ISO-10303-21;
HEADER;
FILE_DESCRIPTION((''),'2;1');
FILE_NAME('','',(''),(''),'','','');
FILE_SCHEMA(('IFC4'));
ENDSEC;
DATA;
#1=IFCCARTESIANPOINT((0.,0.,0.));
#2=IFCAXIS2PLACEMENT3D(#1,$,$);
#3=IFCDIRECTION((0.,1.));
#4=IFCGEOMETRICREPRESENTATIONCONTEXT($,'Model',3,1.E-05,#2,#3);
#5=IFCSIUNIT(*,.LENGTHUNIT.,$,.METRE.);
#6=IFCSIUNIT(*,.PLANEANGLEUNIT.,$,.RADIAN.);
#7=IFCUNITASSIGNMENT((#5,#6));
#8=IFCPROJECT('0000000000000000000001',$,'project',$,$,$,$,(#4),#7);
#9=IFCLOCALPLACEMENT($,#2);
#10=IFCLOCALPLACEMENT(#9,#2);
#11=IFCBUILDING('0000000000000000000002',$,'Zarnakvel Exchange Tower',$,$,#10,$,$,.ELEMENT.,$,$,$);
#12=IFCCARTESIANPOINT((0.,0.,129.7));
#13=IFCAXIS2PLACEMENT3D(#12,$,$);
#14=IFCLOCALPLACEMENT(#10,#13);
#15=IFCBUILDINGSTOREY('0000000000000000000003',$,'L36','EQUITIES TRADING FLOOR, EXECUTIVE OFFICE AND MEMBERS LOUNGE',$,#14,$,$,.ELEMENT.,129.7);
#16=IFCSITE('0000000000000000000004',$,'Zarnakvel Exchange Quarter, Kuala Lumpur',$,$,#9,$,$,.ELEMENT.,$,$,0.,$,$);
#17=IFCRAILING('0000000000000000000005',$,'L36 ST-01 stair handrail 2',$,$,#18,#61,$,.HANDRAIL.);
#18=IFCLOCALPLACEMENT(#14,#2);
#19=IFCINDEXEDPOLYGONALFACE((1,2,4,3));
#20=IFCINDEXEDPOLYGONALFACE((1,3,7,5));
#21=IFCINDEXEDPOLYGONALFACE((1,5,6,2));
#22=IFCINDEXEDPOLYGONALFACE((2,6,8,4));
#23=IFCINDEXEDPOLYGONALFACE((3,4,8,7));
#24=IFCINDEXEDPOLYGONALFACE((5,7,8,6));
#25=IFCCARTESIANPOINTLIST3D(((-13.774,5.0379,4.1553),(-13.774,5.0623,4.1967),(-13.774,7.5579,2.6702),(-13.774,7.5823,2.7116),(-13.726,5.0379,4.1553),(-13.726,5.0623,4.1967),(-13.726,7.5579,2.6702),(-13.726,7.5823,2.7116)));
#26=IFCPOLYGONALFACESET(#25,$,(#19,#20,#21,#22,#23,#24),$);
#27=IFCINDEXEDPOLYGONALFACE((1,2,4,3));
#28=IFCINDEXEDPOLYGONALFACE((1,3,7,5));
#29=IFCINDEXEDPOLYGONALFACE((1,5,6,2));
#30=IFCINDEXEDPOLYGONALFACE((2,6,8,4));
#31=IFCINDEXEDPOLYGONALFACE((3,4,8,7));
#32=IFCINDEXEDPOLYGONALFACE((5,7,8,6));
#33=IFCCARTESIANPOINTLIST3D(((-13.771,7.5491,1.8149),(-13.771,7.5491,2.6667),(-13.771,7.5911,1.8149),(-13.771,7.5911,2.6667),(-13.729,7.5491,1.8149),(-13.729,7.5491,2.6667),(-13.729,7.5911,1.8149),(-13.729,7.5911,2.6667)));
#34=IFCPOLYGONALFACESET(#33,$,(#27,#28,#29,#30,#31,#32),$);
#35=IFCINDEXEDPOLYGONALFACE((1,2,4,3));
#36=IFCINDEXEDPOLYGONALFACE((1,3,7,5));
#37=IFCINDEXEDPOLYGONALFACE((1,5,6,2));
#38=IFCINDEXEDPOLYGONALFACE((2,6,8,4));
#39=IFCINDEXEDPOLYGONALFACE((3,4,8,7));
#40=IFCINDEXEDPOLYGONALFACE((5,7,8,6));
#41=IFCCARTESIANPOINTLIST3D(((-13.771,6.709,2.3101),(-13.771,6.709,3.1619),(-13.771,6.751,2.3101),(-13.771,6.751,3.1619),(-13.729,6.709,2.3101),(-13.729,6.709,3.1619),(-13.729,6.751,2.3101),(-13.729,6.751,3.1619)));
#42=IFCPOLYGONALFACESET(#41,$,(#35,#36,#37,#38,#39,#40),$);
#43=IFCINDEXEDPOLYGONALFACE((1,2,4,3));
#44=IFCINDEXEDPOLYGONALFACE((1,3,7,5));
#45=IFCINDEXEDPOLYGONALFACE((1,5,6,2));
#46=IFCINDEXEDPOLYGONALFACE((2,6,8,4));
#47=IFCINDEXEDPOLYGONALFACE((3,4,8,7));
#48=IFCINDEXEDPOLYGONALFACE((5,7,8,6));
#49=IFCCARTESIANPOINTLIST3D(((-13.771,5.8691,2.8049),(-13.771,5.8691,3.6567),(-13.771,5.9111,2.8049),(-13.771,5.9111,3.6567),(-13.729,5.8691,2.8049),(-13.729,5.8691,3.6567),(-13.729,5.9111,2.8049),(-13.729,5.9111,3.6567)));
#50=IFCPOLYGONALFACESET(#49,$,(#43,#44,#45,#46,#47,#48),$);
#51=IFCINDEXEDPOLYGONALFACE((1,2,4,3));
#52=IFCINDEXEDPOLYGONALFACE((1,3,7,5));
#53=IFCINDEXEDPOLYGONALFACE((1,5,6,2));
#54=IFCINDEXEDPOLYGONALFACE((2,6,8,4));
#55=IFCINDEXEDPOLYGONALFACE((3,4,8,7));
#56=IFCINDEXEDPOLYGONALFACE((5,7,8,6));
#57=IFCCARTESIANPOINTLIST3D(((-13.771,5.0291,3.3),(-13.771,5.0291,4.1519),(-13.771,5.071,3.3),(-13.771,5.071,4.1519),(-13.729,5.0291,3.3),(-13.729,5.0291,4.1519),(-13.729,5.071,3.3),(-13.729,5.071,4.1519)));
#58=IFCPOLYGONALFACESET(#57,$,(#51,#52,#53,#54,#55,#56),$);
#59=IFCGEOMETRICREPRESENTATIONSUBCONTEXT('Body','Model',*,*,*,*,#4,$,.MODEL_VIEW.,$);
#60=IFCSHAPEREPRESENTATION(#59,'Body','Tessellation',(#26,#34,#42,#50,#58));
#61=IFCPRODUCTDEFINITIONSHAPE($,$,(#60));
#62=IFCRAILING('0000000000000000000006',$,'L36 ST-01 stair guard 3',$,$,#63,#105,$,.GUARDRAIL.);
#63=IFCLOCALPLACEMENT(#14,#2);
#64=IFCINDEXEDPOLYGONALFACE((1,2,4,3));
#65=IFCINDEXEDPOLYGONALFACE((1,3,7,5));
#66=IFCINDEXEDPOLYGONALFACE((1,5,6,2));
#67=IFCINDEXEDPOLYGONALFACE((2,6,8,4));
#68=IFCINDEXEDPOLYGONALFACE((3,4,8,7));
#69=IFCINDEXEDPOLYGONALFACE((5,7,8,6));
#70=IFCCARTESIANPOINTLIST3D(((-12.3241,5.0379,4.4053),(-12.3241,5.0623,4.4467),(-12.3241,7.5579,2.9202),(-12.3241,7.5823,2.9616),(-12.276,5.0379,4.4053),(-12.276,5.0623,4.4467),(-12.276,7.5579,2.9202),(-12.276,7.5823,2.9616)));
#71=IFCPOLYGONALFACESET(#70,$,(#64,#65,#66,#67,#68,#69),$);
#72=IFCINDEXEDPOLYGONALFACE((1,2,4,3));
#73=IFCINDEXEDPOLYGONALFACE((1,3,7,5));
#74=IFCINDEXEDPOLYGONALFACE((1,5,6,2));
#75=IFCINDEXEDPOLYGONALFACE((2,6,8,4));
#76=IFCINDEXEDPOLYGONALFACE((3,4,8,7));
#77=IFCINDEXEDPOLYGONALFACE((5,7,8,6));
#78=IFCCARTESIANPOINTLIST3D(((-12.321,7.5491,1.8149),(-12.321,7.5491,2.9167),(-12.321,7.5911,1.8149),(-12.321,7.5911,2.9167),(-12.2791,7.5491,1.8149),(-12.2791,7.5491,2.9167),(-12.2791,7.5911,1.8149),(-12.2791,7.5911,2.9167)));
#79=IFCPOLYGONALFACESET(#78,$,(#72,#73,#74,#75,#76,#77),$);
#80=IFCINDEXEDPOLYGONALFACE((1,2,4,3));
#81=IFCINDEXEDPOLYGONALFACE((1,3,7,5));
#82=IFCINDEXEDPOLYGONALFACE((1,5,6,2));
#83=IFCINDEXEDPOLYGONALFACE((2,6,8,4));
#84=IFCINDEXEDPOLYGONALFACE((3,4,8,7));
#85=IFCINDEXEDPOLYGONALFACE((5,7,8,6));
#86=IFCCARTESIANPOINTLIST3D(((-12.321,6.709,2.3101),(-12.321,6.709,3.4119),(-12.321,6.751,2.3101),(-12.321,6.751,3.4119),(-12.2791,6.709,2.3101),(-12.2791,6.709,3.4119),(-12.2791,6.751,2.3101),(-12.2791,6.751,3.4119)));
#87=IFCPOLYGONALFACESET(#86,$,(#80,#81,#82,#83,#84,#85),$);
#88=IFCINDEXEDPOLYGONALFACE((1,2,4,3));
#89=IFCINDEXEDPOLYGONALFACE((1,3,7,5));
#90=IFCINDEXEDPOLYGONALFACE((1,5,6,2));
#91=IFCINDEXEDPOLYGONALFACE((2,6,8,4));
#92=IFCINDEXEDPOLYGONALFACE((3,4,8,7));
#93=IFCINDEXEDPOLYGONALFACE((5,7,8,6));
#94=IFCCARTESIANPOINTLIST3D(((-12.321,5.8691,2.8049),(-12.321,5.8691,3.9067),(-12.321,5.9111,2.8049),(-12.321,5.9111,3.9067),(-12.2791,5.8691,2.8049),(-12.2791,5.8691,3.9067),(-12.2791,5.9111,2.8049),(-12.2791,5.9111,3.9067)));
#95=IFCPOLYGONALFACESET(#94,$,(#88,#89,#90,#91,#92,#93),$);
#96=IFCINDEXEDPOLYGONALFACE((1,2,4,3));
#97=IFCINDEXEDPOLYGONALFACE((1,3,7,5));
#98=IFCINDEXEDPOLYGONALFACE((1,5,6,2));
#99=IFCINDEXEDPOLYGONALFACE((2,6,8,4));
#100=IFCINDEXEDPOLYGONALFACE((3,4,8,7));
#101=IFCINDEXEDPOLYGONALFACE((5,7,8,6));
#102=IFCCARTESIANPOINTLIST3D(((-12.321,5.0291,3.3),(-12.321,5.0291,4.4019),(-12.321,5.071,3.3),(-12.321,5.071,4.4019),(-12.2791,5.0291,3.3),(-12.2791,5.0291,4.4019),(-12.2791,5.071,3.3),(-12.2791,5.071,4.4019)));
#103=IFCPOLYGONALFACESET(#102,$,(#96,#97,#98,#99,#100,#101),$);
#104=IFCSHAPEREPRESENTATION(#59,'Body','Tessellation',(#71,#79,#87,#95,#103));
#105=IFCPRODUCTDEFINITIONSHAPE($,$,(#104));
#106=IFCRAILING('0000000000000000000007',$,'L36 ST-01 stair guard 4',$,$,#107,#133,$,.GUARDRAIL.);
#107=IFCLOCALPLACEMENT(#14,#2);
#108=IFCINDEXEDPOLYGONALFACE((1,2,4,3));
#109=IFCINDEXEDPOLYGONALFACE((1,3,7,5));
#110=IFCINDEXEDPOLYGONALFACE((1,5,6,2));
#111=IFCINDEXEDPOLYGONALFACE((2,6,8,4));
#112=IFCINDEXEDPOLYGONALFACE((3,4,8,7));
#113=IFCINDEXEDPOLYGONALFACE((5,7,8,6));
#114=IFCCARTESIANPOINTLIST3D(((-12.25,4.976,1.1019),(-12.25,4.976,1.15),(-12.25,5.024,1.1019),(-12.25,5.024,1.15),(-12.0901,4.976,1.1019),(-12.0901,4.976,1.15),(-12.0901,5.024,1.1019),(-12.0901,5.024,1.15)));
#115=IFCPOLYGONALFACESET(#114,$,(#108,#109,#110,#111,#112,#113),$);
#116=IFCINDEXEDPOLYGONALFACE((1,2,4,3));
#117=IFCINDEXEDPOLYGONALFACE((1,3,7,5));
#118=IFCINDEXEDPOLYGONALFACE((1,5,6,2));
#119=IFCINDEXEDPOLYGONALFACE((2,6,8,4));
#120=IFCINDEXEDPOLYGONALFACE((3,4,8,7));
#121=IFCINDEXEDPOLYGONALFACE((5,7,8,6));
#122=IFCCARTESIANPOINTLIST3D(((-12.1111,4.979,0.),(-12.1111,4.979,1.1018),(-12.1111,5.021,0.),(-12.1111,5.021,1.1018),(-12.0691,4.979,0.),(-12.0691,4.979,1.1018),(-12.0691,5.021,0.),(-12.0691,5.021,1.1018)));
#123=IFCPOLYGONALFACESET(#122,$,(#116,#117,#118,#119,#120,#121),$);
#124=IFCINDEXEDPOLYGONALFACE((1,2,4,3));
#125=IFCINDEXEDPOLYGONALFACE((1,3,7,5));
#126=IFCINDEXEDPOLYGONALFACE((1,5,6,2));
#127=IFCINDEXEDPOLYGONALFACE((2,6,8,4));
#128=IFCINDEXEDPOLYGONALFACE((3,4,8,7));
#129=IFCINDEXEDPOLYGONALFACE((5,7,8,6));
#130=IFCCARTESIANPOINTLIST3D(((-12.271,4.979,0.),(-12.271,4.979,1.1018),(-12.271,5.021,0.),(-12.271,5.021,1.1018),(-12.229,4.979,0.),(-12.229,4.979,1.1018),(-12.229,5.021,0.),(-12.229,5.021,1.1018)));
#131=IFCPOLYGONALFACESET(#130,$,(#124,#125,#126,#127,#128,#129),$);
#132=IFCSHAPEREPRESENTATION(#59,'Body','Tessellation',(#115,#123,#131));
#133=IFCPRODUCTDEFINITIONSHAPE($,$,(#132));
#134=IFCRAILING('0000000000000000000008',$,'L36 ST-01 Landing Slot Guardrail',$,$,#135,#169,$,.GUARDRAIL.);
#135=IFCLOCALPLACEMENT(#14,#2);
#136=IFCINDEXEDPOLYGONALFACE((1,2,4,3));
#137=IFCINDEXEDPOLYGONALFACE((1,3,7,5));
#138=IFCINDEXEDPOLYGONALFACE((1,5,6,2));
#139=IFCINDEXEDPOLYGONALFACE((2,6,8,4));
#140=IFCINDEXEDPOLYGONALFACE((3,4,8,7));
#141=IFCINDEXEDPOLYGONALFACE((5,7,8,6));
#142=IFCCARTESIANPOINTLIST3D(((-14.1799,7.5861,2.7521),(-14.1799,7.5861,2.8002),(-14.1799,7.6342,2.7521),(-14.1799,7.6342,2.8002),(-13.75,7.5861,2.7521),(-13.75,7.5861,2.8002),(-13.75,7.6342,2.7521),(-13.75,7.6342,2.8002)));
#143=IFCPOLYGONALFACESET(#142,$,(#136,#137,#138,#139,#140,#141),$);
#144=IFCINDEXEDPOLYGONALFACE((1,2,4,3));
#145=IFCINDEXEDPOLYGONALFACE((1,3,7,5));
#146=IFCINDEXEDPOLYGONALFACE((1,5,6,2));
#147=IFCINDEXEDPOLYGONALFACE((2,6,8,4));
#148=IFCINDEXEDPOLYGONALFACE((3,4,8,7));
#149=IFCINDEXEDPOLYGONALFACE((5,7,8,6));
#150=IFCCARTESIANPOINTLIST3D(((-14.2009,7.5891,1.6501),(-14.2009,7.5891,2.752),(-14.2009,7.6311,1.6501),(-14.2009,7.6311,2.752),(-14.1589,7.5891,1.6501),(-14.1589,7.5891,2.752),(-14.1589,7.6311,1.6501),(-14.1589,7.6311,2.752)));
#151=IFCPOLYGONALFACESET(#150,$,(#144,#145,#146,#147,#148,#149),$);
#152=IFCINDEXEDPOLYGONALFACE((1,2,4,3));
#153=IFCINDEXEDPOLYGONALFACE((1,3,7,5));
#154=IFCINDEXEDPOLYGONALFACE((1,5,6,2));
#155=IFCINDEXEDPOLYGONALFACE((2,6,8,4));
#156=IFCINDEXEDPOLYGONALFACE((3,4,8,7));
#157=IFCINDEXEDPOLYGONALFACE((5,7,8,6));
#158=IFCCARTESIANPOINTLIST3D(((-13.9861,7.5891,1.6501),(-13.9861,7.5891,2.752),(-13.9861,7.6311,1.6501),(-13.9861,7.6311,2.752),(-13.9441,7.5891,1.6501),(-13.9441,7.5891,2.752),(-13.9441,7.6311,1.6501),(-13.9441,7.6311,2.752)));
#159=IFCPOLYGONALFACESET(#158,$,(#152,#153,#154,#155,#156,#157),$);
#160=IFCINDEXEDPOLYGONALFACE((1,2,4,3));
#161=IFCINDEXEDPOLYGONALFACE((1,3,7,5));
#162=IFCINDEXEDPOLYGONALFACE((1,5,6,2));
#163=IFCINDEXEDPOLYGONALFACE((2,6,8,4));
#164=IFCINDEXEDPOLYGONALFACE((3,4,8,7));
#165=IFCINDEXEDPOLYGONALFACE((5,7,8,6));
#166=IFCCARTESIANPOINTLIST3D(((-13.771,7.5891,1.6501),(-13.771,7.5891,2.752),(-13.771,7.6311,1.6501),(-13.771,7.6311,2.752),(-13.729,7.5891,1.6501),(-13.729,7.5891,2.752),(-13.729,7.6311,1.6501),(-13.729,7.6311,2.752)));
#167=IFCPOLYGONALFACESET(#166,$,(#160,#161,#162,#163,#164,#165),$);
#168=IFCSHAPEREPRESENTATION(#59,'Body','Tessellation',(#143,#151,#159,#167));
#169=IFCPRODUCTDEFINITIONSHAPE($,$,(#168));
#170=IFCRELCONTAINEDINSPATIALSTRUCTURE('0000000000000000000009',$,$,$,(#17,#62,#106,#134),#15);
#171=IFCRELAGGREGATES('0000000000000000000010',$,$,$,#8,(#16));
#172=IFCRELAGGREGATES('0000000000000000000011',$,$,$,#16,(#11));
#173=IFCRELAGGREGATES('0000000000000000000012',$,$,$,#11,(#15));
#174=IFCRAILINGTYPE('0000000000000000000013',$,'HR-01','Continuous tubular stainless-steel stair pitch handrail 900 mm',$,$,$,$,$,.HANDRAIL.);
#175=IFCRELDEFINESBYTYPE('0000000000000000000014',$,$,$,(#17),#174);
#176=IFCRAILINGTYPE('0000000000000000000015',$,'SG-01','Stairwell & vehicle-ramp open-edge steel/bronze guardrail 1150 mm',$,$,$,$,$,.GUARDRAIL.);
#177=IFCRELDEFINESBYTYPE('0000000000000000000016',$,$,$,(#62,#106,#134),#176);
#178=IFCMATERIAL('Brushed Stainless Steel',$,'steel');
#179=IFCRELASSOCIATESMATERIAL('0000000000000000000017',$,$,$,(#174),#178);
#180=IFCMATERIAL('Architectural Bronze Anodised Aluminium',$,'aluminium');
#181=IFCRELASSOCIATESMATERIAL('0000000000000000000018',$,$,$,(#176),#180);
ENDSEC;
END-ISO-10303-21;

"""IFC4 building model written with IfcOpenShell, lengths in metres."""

from ifc_helpers import new_model, si_unit, direction, frame, origin, origin_2d, place, context, subcontext, project, spatial, rectangle, extrude, material, type_object, element, save


model = new_model("IFC4")

# Units and contexts
model_context = context("Model", 3, precision=1e-05, world=origin(), true_north=direction((0.0, 1.0)))
body_context = subcontext(model_context, "Body", "Model", "MODEL_VIEW")
ifc_project = project(units=[si_unit("LENGTHUNIT", "METRE"), si_unit("PLANEANGLEUNIT", "RADIAN")], contexts=[model_context])

# Site, building, storey
site_placement = place(None, origin())
site = spatial("IfcSite", under=ifc_project, at=site_placement, Name="Zarnakvel Exchange Quarter, Kuala Lumpur", CompositionType="ELEMENT", RefElevation=0.0)
building_placement = place(site_placement, origin())
building = spatial("IfcBuilding", under=site, at=building_placement, Name="Zarnakvel Exchange Tower", CompositionType="ELEMENT")
storey_placement = place(building_placement, frame((0.0, 0.0, 129.7)))
storey = spatial("IfcBuildingStorey", under=building, at=storey_placement, Name="L36", Description="EQUITIES TRADING FLOOR, EXECUTIVE OFFICE AND MEMBERS LOUNGE", CompositionType="ELEMENT", Elevation=129.7)

# Shared definitions
ifc_material_1 = material(Name="Architectural Bronze Anodised Aluminium", Category="aluminium")

# Railings
ifc_material_2 = material(Name="Brushed Stainless Steel", Category="steel")
railing_type_1 = type_object("IfcRailingType", Name="HR-01", Description="Continuous tubular stainless-steel stair pitch handrail 900 mm", PredefinedType="HANDRAIL", material=ifc_material_2)
railing_1_placement = place(storey_placement, frame((-13.75, 7.5701, 1.8149)))
element("IfcRailing", 1, at=railing_1_placement, inside=storey, type_object=railing_type_1, Name="L36 ST-01 stair handrail 2", PredefinedType="HANDRAIL", context=body_context, shape_type="SweptSolid", body=[
    extrude(rectangle(XDim=0.0481, YDim=0.0481, at=origin_2d()), frame((0.0, 0.0, 0.876), z_axis=(0.0, -0.861524, 0.507717), x_axis=(1.0, 0.0, 0.0)), (0.0, 0.0, 1.0), 2.925),
    extrude(rectangle(XDim=0.042, YDim=0.042, at=origin_2d()), origin(), (0.0, 0.0, 1.0), 0.8518),
    extrude(rectangle(XDim=0.042, YDim=0.042, at=origin_2d()), frame((0.0, -0.8401, 0.4951)), (0.0, 0.0, 1.0), 0.8518),
    extrude(rectangle(XDim=0.042, YDim=0.042, at=origin_2d()), frame((0.0, -1.6799, 0.99)), (0.0, 0.0, 1.0), 0.8518),
    extrude(rectangle(XDim=0.042, YDim=0.042, at=origin_2d()), frame((0.0, -2.52, 1.4851)), (0.0, 0.0, 1.0), 0.8518),
])
railing_type_2 = type_object("IfcRailingType", Name="SG-01", Description="Stairwell & vehicle-ramp open-edge steel/bronze guardrail 1150 mm", PredefinedType="GUARDRAIL", material=ifc_material_1)
railing_2_placement = place(storey_placement, frame((-12.3, 7.5701, 1.8149)))
element("IfcRailing", 2, at=railing_2_placement, inside=storey, type_object=railing_type_2, Name="L36 ST-01 stair guard 3", PredefinedType="GUARDRAIL", context=body_context, shape_type="SweptSolid", body=[
    extrude(rectangle(XDim=0.0481, YDim=0.0481, at=origin_2d()), frame((0.0, 0.0, 1.126), z_axis=(0.0, -0.861524, 0.507717), x_axis=(1.0, 0.0, 0.0)), (0.0, 0.0, 1.0), 2.925),
    extrude(rectangle(XDim=0.042, YDim=0.042, at=origin_2d()), origin(), (0.0, 0.0, 1.0), 1.1018),
    extrude(rectangle(XDim=0.042, YDim=0.042, at=origin_2d()), frame((0.0, -0.8401, 0.4951)), (0.0, 0.0, 1.0), 1.1018),
    extrude(rectangle(XDim=0.042, YDim=0.042, at=origin_2d()), frame((0.0, -1.6799, 0.99)), (0.0, 0.0, 1.0), 1.1018),
    extrude(rectangle(XDim=0.042, YDim=0.042, at=origin_2d()), frame((0.0, -2.52, 1.4851)), (0.0, 0.0, 1.0), 1.1018),
])
railing_3_placement = place(storey_placement, frame((-12.0901, 5.0, 0.0)))
element("IfcRailing", 3, at=railing_3_placement, inside=storey, type_object=railing_type_2, Name="L36 ST-01 stair guard 4", PredefinedType="GUARDRAIL", context=body_context, shape_type="SweptSolid", body=[
    extrude(rectangle(XDim=0.0481, YDim=0.0481, at=origin_2d()), frame((0.0, 0.0, 1.126), z_axis=(-1.0, 0.0, 0.0), x_axis=(0.0, -1.0, 0.0)), (0.0, 0.0, 1.0), 0.1599),
    extrude(rectangle(XDim=0.042, YDim=0.042, at=origin_2d()), origin(), (0.0, 0.0, 1.0), 1.1018),
    extrude(rectangle(XDim=0.042, YDim=0.042, at=origin_2d()), frame((-0.1599, 0.0, 0.0)), (0.0, 0.0, 1.0), 1.1018),
])
railing_4_placement = place(storey_placement, frame((-14.1799, 7.6101, 1.6501)))
element("IfcRailing", 4, at=railing_4_placement, inside=storey, type_object=railing_type_2, Name="L36 ST-01 Landing Slot Guardrail", PredefinedType="GUARDRAIL", context=body_context, shape_type="SweptSolid", body=[
    extrude(rectangle(XDim=0.0481, YDim=0.0481, at=origin_2d()), frame((0.0, 0.0, 1.126), z_axis=(1.0, 0.0, 0.0), x_axis=(0.0, 1.0, 0.0)), (0.0, 0.0, 1.0), 0.4299),
    extrude(rectangle(XDim=0.042, YDim=0.042, at=origin_2d()), origin(), (0.0, 0.0, 1.0), 1.1018),
    extrude(rectangle(XDim=0.042, YDim=0.042, at=origin_2d()), frame((0.2148, 0.0, 0.0)), (0.0, 0.0, 1.0), 1.1018),
    extrude(rectangle(XDim=0.042, YDim=0.042, at=origin_2d()), frame((0.4299, 0.0, 0.0)), (0.0, 0.0, 1.0), 1.1018),
])

save(model, "model.ifc")
